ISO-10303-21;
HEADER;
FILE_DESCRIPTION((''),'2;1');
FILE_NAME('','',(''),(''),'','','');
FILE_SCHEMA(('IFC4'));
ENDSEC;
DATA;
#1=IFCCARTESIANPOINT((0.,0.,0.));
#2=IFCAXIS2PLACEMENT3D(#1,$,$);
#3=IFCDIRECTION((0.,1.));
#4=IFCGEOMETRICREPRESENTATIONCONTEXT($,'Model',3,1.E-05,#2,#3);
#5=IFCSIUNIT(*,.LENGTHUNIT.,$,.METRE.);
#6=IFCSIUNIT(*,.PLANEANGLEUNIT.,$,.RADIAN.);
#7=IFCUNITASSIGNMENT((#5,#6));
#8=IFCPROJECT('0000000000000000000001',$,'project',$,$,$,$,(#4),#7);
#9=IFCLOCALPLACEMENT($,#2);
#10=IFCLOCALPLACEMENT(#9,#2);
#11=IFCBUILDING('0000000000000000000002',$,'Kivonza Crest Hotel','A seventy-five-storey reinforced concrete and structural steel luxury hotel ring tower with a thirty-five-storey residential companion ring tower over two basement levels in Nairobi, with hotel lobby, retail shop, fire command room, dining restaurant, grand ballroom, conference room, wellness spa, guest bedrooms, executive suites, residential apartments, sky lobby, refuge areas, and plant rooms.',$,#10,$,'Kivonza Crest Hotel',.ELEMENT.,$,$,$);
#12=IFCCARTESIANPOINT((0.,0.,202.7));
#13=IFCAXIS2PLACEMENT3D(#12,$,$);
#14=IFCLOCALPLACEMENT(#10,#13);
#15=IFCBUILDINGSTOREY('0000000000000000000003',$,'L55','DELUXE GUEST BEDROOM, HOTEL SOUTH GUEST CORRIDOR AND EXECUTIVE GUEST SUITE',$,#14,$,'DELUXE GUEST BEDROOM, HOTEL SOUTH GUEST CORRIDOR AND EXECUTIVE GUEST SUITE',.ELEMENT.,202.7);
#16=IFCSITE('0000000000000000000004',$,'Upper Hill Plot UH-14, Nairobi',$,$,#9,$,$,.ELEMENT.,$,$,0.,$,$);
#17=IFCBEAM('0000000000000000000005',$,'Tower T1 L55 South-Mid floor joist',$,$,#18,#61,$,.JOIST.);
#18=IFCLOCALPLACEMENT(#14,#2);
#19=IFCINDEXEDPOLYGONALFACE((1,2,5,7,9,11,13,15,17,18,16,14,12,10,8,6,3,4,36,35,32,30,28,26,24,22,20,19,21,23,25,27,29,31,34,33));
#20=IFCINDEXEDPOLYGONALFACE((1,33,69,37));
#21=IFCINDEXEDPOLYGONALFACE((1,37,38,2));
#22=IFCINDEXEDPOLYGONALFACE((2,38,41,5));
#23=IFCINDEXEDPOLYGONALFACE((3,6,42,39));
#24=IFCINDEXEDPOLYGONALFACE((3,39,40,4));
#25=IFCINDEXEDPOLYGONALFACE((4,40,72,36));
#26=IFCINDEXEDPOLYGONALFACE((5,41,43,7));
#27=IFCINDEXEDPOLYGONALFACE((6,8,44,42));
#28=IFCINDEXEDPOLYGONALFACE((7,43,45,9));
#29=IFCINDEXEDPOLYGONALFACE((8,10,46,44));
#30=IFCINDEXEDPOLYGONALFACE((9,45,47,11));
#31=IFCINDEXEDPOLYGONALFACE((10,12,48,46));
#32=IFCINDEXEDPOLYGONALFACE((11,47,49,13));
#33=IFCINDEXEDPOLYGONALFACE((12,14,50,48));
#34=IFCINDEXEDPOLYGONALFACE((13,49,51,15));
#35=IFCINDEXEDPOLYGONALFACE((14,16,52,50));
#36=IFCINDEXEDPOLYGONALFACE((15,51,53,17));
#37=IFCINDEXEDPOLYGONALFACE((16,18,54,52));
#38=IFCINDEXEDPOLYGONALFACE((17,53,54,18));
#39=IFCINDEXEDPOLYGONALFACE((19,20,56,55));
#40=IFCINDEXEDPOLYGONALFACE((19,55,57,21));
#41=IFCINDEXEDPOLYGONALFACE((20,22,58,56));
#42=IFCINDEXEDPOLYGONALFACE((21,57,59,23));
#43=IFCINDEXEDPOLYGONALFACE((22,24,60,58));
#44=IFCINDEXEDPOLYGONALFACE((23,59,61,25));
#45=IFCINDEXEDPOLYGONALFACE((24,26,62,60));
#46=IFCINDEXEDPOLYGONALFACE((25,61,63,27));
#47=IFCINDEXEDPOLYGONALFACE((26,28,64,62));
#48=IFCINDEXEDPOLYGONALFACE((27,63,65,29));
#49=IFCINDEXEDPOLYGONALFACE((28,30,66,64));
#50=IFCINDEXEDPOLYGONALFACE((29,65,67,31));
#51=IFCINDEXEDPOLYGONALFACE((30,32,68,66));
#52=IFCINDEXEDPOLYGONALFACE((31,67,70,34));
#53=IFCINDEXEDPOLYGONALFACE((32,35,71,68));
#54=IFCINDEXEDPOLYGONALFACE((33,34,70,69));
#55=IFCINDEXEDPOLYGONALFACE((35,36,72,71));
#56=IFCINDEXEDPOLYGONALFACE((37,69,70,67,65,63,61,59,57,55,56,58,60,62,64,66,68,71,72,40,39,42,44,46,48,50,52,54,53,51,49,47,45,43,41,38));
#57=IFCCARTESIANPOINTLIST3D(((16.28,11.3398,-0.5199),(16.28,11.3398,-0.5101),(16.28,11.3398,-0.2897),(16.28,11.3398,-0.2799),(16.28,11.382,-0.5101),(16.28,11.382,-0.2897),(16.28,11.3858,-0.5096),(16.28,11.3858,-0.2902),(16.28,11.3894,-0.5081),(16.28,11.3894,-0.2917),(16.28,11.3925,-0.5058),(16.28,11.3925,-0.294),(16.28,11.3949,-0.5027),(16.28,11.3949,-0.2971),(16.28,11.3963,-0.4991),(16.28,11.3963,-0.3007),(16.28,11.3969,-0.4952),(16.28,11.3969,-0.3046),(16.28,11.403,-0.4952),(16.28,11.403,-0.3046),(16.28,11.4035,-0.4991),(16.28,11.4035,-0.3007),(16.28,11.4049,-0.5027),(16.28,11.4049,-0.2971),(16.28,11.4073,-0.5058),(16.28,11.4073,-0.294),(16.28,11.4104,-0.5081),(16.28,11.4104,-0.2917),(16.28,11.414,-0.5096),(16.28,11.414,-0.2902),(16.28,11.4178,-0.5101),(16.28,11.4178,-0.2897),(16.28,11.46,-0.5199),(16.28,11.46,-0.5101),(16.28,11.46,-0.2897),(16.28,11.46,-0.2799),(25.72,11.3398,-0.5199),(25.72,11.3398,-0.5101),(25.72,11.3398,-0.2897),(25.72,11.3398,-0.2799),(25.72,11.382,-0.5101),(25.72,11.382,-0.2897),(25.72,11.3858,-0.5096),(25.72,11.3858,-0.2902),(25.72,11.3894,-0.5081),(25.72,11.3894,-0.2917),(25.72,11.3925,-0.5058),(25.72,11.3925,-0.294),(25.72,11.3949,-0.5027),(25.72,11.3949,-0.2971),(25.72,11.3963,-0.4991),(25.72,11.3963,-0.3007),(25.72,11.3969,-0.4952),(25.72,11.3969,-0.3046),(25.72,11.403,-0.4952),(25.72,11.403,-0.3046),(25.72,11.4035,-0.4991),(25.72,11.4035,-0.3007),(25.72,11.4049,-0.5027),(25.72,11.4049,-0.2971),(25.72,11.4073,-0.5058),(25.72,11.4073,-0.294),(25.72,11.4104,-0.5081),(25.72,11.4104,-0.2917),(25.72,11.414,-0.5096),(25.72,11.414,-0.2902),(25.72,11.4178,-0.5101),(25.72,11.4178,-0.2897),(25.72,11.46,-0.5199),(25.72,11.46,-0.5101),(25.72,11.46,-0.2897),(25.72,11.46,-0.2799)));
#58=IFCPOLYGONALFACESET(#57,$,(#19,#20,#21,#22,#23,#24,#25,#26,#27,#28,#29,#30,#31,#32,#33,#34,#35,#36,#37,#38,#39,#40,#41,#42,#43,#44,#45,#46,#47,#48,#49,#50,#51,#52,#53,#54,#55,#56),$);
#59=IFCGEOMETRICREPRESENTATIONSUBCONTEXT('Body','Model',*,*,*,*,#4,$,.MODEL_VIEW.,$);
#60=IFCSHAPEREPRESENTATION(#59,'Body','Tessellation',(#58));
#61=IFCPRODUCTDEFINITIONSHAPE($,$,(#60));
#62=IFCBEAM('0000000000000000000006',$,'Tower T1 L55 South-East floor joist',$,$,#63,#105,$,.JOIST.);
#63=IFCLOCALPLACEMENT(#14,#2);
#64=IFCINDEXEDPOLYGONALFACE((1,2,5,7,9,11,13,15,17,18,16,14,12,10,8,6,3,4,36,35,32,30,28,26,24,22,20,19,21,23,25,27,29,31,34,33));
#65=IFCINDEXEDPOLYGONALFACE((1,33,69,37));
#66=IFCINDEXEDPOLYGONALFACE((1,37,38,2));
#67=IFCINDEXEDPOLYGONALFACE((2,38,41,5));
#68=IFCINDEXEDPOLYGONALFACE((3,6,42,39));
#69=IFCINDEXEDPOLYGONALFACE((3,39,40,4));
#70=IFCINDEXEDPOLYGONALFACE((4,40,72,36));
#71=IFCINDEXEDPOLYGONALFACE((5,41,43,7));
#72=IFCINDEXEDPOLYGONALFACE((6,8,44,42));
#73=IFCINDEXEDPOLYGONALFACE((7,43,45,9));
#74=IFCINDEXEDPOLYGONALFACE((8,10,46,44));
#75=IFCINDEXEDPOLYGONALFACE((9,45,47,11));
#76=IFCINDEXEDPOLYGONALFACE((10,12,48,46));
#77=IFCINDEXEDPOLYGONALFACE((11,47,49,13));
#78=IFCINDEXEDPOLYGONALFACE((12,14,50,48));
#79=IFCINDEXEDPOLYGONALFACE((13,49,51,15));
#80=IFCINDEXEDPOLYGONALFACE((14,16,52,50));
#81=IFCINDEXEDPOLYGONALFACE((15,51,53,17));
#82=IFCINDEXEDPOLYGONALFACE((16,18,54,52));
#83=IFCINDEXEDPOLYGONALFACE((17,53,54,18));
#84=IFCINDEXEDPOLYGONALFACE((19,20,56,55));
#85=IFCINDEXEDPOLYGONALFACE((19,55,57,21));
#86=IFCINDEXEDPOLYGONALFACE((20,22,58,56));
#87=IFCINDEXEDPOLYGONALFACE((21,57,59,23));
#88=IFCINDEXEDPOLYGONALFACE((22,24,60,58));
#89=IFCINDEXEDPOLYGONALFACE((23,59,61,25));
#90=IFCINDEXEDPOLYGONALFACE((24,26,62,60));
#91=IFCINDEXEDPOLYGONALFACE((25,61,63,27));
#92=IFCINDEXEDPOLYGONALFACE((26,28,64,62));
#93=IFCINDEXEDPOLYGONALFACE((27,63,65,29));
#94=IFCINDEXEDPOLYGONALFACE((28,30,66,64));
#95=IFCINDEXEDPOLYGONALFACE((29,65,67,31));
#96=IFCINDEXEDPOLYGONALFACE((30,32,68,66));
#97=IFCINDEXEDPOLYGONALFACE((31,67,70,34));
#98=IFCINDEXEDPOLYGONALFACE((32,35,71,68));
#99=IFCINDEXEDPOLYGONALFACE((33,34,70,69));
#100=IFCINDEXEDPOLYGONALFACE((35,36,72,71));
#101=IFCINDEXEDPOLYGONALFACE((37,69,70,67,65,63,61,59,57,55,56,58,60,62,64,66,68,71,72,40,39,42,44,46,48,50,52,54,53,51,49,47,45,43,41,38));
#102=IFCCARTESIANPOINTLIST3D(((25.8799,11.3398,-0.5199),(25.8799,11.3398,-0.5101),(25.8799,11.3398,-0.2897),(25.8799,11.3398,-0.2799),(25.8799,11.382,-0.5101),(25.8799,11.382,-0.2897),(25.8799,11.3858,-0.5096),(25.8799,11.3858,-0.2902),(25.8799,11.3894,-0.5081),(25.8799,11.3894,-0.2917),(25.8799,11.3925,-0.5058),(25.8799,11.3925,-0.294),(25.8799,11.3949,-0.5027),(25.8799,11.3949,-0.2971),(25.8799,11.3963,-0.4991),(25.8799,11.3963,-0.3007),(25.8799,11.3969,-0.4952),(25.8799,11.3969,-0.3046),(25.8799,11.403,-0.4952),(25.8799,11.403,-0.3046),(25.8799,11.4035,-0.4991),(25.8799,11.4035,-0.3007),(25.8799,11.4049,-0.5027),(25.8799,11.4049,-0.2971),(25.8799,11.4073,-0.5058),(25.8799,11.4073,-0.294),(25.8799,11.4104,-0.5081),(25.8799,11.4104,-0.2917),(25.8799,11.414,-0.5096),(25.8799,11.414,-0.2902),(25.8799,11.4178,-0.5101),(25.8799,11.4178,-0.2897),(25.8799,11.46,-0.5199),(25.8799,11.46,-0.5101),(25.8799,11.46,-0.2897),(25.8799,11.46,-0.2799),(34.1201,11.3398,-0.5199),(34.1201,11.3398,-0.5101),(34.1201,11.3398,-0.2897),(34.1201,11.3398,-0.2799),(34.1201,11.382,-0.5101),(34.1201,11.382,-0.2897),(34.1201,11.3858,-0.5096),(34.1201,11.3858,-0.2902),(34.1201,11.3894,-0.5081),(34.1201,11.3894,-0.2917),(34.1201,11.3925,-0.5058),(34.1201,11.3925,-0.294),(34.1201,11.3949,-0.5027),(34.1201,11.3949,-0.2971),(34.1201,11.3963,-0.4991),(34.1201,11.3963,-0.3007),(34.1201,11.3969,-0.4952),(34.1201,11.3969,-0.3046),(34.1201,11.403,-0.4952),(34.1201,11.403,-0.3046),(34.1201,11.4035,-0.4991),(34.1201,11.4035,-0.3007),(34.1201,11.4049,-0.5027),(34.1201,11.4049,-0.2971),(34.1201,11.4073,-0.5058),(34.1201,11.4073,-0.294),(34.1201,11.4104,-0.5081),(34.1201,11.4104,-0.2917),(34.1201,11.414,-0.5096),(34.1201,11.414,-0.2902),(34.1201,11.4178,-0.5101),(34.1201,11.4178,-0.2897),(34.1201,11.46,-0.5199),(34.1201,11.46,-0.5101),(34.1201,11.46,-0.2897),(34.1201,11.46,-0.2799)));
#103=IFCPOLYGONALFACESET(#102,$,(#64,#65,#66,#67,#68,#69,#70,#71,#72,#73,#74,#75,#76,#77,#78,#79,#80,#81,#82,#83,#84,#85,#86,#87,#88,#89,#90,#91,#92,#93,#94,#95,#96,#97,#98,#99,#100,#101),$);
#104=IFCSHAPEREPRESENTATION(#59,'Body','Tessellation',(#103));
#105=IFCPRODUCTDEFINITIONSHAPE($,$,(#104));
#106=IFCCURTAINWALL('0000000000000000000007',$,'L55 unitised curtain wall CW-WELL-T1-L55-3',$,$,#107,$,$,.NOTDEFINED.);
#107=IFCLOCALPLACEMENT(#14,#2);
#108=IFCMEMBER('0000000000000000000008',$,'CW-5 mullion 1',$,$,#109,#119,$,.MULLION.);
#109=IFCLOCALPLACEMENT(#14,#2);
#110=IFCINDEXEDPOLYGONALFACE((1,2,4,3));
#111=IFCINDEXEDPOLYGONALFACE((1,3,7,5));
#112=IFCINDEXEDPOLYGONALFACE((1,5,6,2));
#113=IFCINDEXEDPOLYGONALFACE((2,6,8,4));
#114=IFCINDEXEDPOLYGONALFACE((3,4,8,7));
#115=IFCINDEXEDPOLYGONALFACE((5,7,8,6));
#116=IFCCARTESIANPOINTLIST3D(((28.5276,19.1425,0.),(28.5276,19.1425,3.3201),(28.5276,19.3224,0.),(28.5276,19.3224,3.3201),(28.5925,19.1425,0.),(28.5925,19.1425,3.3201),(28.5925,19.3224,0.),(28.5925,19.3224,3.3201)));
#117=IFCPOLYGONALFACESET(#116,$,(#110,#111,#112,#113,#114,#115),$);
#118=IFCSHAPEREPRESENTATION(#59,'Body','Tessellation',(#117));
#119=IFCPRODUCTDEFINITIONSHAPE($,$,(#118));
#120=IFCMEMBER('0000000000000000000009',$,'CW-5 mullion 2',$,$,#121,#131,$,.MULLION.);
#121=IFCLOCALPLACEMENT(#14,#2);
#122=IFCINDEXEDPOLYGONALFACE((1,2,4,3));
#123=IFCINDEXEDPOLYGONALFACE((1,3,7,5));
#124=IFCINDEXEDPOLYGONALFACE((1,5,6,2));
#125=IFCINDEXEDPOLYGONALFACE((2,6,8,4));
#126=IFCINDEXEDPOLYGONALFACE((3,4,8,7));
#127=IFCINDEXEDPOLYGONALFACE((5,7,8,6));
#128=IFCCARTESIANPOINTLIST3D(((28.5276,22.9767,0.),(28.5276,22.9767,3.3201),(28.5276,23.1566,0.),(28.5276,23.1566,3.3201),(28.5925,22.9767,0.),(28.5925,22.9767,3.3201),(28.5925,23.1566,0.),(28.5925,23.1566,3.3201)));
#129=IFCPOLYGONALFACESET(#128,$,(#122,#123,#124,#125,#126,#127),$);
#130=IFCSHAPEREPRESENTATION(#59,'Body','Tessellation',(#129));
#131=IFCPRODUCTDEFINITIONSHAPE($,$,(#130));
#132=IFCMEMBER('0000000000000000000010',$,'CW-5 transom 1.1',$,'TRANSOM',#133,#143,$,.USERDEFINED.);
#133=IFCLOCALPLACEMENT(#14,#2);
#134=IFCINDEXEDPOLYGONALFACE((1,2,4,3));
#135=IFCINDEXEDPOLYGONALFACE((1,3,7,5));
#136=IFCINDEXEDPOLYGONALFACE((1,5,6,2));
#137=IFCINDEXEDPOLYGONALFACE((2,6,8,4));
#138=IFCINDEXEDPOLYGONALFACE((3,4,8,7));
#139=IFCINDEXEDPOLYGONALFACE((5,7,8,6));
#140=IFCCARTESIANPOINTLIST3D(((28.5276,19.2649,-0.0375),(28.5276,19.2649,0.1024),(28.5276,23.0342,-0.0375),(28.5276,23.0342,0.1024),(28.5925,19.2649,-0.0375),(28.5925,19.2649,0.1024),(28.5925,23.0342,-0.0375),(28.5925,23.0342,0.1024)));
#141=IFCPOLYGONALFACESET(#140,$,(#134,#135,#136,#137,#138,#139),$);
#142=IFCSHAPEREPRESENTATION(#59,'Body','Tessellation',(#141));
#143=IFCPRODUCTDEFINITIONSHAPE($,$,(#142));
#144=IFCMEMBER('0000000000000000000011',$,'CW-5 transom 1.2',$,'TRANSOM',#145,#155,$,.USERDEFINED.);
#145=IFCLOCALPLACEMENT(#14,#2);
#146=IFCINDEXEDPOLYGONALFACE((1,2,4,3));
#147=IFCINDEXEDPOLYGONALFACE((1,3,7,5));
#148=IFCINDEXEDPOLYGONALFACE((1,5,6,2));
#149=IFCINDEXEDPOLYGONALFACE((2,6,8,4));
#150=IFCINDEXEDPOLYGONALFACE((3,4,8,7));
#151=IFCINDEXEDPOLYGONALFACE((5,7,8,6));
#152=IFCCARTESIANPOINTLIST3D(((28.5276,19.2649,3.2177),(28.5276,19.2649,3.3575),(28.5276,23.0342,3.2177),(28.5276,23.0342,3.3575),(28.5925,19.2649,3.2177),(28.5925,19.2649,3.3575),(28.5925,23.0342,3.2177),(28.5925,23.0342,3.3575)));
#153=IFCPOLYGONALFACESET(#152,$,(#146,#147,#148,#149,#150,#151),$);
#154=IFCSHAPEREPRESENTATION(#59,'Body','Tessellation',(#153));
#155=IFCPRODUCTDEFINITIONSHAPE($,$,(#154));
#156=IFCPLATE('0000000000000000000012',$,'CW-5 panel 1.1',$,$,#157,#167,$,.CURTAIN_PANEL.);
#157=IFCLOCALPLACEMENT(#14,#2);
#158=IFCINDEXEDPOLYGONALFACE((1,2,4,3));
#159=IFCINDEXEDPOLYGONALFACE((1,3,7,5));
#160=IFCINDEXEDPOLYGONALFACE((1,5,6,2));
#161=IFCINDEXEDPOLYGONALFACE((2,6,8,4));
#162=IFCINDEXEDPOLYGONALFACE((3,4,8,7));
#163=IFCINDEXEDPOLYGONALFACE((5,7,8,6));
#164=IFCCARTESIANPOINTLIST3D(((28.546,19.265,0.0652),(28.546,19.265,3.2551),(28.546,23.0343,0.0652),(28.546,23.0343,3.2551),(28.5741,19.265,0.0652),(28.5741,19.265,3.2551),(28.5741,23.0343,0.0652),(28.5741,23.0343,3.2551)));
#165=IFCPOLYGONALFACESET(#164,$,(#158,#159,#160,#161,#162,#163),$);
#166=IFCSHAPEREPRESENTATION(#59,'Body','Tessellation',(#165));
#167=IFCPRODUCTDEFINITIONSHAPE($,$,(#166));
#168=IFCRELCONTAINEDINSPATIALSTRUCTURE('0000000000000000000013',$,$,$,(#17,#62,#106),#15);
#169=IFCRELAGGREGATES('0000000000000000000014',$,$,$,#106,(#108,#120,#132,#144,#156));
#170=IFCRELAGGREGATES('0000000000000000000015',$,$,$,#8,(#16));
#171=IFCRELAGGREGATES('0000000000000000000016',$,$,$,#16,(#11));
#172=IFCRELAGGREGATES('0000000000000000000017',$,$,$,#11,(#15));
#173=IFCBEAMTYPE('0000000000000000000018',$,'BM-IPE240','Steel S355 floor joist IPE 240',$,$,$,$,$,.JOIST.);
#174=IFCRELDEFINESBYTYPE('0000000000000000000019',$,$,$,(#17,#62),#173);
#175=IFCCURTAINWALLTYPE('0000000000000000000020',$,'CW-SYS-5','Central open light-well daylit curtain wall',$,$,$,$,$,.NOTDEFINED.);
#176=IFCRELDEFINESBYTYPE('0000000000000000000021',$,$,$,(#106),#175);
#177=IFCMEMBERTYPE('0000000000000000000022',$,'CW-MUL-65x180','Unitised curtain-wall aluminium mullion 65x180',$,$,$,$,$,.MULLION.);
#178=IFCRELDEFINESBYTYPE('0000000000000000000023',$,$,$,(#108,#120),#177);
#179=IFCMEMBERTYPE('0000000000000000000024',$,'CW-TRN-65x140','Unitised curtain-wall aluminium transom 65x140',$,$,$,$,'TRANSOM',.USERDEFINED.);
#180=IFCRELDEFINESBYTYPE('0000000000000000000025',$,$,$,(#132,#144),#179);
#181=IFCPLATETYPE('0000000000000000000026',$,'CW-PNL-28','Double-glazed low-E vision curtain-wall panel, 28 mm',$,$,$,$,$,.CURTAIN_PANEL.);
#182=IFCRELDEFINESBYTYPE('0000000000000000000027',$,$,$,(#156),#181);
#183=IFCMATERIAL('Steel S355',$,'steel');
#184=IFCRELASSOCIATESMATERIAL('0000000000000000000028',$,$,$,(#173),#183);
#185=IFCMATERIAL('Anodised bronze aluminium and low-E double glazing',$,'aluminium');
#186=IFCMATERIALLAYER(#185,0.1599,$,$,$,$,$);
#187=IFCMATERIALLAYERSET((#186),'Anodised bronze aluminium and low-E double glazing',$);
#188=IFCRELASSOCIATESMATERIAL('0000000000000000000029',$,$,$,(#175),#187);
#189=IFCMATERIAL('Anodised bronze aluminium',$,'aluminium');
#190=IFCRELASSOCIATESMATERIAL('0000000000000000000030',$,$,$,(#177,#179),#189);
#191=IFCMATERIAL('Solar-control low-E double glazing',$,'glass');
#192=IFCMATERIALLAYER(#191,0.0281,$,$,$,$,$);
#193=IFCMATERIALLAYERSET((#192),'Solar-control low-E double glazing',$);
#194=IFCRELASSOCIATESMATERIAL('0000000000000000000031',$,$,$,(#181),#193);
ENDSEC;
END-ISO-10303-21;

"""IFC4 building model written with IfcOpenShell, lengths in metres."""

from ifc_helpers import new_model, si_unit, direction, frame, origin, origin_2d, place, context, subcontext, project, spatial, rectangle, i_section, extrude, material, layer, layer_set, material_profile, profile_set, type_object, element, aggregate, save


model = new_model("IFC4")

# Units and contexts
model_context = context("Model", 3, precision=1e-05, world=origin(), true_north=direction((0.0, 1.0)))
body_context = subcontext(model_context, "Body", "Model", "MODEL_VIEW")
ifc_project = project(units=[si_unit("LENGTHUNIT", "METRE"), si_unit("PLANEANGLEUNIT", "RADIAN")], contexts=[model_context])

# Site, building, storey
site_placement = place(None, origin())
site = spatial("IfcSite", under=ifc_project, at=site_placement, Name="Upper Hill Plot UH-14, Nairobi", CompositionType="ELEMENT", RefElevation=0.0)
building_placement = place(site_placement, origin())
building = spatial("IfcBuilding", under=site, at=building_placement, Name="Kivonza Crest Hotel", Description="A seventy-five-storey reinforced concrete and structural steel luxury hotel ring tower with a thirty-five-storey residential companion ring tower over two basement levels in Nairobi, with hotel lobby, retail shop, fire command room, dining restaurant, grand ballroom, conference room, wellness spa, guest bedrooms, executive suites, residential apartments, sky lobby, refuge areas, and plant rooms.", LongName="Kivonza Crest Hotel", CompositionType="ELEMENT")
storey_placement = place(building_placement, frame((0.0, 0.0, 202.7)))
storey = spatial("IfcBuildingStorey", under=building, at=storey_placement, Name="L55", Description="DELUXE GUEST BEDROOM, HOTEL SOUTH GUEST CORRIDOR AND EXECUTIVE GUEST SUITE", LongName="DELUXE GUEST BEDROOM, HOTEL SOUTH GUEST CORRIDOR AND EXECUTIVE GUEST SUITE", CompositionType="ELEMENT", Elevation=202.7)

# Beams
ifc_material_1 = material(Name="Steel S355", Category="steel")
ifc_material_profile_1 = material_profile(ifc_material_1, i_section(OverallWidth=0.1201, OverallDepth=0.24, WebThickness=0.0061, FlangeThickness=0.0098, FilletRadius=0.0149, at=origin_2d()), Name="IPE 240")
ifc_profile_set_1 = profile_set([ifc_material_profile_1], Name="Steel S355")
beam_type = type_object("IfcBeamType", Name="BM-IPE240", Description="Steel S355 floor joist IPE 240", PredefinedType="JOIST", material=ifc_profile_set_1)
beam_1_placement = place(storey_placement, frame((16.28, 11.3999, -0.3999), z_axis=(1.0, 0.0, 0.0), x_axis=(0.0, 1.0, 0.0)))
element("IfcBeam", 1, at=beam_1_placement, inside=storey, type_object=beam_type, Name="Tower T1 L55 South-Mid floor joist", PredefinedType="JOIST", context=body_context, shape_type="SweptSolid", body=[
    extrude(i_section(OverallWidth=0.1201, OverallDepth=0.24, WebThickness=0.0061, FlangeThickness=0.0098, FilletRadius=0.0149, at=origin_2d()), origin(), (0.0, 0.0, 1.0), 9.4399),
])
beam_2_placement = place(storey_placement, frame((25.8799, 11.3999, -0.3999), z_axis=(1.0, 0.0, 0.0), x_axis=(0.0, 1.0, 0.0)))
element("IfcBeam", 2, at=beam_2_placement, inside=storey, type_object=beam_type, Name="Tower T1 L55 South-East floor joist", PredefinedType="JOIST", context=body_context, shape_type="SweptSolid", body=[
    extrude(i_section(OverallWidth=0.1201, OverallDepth=0.24, WebThickness=0.0061, FlangeThickness=0.0098, FilletRadius=0.0149, at=origin_2d()), origin(), (0.0, 0.0, 1.0), 8.2402),
])

# Curtain wall, members, plate
ifc_material_2 = material(Name="Anodised bronze aluminium and low-E double glazing", Category="aluminium")
ifc_layer_1 = layer(ifc_material_2, 0.1599)
ifc_layer_set_1 = layer_set([ifc_layer_1], Name="Anodised bronze aluminium and low-E double glazing")
curtain_wall_type = type_object("IfcCurtainWallType", Name="CW-SYS-5", Description="Central open light-well daylit curtain wall", PredefinedType="NOTDEFINED", material=ifc_layer_set_1)
curtain_wall_placement = place(storey_placement, origin())
curtain_wall = element("IfcCurtainWall", 3, at=curtain_wall_placement, inside=storey, type_object=curtain_wall_type, Name="L55 unitised curtain wall CW-WELL-T1-L55-3", PredefinedType="NOTDEFINED")
ifc_material_3 = material(Name="Anodised bronze aluminium", Category="aluminium")
ifc_material_profile_2 = material_profile(ifc_material_3, rectangle(XDim=0.0649, YDim=0.1799, at=origin_2d()), Name="CW-M 65x180")
ifc_profile_set_2 = profile_set([ifc_material_profile_2], Name="Anodised bronze aluminium")
member_type_1 = type_object("IfcMemberType", Name="CW-MUL-65x180", Description="Unitised curtain-wall aluminium mullion 65x180", PredefinedType="MULLION", material=ifc_profile_set_2)
member_1_placement = place(storey_placement, frame((28.5601, 19.2324, 0.0), z_axis=(0.0, 0.0, 1.0), x_axis=(-1.0, 0.0, 0.0)))
member_1 = element("IfcMember", 4, at=member_1_placement, type_object=member_type_1, Name="CW-5 mullion 1", PredefinedType="MULLION", context=body_context, shape_type="SweptSolid", body=[
    extrude(rectangle(XDim=0.0649, YDim=0.1799, at=origin_2d()), origin(), (0.0, 0.0, 1.0), 3.3201),
])
member_2_placement = place(storey_placement, frame((28.5601, 23.0667, 0.0), z_axis=(0.0, 0.0, 1.0), x_axis=(-1.0, 0.0, 0.0)))
member_2 = element("IfcMember", 5, at=member_2_placement, type_object=member_type_1, Name="CW-5 mullion 2", PredefinedType="MULLION", context=body_context, shape_type="SweptSolid", body=[
    extrude(rectangle(XDim=0.0649, YDim=0.1799, at=origin_2d()), origin(), (0.0, 0.0, 1.0), 3.3201),
])
ifc_material_profile_3 = material_profile(ifc_material_3, rectangle(XDim=0.0649, YDim=0.1399, at=origin_2d()), Name="CW-T 65x140")
ifc_profile_set_3 = profile_set([ifc_material_profile_3], Name="Anodised bronze aluminium")
member_type_2 = type_object("IfcMemberType", Name="CW-TRN-65x140", Description="Unitised curtain-wall aluminium transom 65x140", ElementType="TRANSOM", PredefinedType="USERDEFINED", material=ifc_profile_set_3)
member_3_placement = place(storey_placement, frame((28.5601, 19.2649, 0.0325), z_axis=(0.0, 1.0, 0.0), x_axis=(-1.0, 0.0, 0.0)))
member_3 = element("IfcMember", 6, at=member_3_placement, type_object=member_type_2, Name="CW-5 transom 1.1", ObjectType="TRANSOM", PredefinedType="USERDEFINED", context=body_context, shape_type="SweptSolid", body=[
    extrude(rectangle(XDim=0.0649, YDim=0.1399, at=origin_2d()), origin(), (0.0, 0.0, 1.0), 3.7693),
])
member_4_placement = place(storey_placement, frame((28.5601, 19.2649, 3.2876), z_axis=(0.0, 1.0, 0.0), x_axis=(-1.0, 0.0, 0.0)))
member_4 = element("IfcMember", 7, at=member_4_placement, type_object=member_type_2, Name="CW-5 transom 1.2", ObjectType="TRANSOM", PredefinedType="USERDEFINED", context=body_context, shape_type="SweptSolid", body=[
    extrude(rectangle(XDim=0.0649, YDim=0.1399, at=origin_2d()), origin(), (0.0, 0.0, 1.0), 3.7693),
])
ifc_material_4 = material(Name="Solar-control low-E double glazing", Category="glass")
ifc_layer_2 = layer(ifc_material_4, 0.0281)
ifc_layer_set_2 = layer_set([ifc_layer_2], Name="Solar-control low-E double glazing")
plate_type = type_object("IfcPlateType", Name="CW-PNL-28", Description="Double-glazed low-E vision curtain-wall panel, 28 mm", PredefinedType="CURTAIN_PANEL", material=ifc_layer_set_2)
plate_placement = place(storey_placement, frame((28.5601, 21.1497, 0.0652), z_axis=(0.0, 0.0, 1.0), x_axis=(0.0, 1.0, 0.0)))
plate = element("IfcPlate", 8, at=plate_placement, type_object=plate_type, Name="CW-5 panel 1.1", PredefinedType="CURTAIN_PANEL", context=body_context, shape_type="SweptSolid", body=[
    extrude(rectangle(XDim=3.7693, YDim=0.0281, at=origin_2d()), origin(), (0.0, 0.0, 1.0), 3.1899),
])
aggregate(curtain_wall, [member_1, member_2, member_3, member_4, plate])

save(model, "model.ifc")
